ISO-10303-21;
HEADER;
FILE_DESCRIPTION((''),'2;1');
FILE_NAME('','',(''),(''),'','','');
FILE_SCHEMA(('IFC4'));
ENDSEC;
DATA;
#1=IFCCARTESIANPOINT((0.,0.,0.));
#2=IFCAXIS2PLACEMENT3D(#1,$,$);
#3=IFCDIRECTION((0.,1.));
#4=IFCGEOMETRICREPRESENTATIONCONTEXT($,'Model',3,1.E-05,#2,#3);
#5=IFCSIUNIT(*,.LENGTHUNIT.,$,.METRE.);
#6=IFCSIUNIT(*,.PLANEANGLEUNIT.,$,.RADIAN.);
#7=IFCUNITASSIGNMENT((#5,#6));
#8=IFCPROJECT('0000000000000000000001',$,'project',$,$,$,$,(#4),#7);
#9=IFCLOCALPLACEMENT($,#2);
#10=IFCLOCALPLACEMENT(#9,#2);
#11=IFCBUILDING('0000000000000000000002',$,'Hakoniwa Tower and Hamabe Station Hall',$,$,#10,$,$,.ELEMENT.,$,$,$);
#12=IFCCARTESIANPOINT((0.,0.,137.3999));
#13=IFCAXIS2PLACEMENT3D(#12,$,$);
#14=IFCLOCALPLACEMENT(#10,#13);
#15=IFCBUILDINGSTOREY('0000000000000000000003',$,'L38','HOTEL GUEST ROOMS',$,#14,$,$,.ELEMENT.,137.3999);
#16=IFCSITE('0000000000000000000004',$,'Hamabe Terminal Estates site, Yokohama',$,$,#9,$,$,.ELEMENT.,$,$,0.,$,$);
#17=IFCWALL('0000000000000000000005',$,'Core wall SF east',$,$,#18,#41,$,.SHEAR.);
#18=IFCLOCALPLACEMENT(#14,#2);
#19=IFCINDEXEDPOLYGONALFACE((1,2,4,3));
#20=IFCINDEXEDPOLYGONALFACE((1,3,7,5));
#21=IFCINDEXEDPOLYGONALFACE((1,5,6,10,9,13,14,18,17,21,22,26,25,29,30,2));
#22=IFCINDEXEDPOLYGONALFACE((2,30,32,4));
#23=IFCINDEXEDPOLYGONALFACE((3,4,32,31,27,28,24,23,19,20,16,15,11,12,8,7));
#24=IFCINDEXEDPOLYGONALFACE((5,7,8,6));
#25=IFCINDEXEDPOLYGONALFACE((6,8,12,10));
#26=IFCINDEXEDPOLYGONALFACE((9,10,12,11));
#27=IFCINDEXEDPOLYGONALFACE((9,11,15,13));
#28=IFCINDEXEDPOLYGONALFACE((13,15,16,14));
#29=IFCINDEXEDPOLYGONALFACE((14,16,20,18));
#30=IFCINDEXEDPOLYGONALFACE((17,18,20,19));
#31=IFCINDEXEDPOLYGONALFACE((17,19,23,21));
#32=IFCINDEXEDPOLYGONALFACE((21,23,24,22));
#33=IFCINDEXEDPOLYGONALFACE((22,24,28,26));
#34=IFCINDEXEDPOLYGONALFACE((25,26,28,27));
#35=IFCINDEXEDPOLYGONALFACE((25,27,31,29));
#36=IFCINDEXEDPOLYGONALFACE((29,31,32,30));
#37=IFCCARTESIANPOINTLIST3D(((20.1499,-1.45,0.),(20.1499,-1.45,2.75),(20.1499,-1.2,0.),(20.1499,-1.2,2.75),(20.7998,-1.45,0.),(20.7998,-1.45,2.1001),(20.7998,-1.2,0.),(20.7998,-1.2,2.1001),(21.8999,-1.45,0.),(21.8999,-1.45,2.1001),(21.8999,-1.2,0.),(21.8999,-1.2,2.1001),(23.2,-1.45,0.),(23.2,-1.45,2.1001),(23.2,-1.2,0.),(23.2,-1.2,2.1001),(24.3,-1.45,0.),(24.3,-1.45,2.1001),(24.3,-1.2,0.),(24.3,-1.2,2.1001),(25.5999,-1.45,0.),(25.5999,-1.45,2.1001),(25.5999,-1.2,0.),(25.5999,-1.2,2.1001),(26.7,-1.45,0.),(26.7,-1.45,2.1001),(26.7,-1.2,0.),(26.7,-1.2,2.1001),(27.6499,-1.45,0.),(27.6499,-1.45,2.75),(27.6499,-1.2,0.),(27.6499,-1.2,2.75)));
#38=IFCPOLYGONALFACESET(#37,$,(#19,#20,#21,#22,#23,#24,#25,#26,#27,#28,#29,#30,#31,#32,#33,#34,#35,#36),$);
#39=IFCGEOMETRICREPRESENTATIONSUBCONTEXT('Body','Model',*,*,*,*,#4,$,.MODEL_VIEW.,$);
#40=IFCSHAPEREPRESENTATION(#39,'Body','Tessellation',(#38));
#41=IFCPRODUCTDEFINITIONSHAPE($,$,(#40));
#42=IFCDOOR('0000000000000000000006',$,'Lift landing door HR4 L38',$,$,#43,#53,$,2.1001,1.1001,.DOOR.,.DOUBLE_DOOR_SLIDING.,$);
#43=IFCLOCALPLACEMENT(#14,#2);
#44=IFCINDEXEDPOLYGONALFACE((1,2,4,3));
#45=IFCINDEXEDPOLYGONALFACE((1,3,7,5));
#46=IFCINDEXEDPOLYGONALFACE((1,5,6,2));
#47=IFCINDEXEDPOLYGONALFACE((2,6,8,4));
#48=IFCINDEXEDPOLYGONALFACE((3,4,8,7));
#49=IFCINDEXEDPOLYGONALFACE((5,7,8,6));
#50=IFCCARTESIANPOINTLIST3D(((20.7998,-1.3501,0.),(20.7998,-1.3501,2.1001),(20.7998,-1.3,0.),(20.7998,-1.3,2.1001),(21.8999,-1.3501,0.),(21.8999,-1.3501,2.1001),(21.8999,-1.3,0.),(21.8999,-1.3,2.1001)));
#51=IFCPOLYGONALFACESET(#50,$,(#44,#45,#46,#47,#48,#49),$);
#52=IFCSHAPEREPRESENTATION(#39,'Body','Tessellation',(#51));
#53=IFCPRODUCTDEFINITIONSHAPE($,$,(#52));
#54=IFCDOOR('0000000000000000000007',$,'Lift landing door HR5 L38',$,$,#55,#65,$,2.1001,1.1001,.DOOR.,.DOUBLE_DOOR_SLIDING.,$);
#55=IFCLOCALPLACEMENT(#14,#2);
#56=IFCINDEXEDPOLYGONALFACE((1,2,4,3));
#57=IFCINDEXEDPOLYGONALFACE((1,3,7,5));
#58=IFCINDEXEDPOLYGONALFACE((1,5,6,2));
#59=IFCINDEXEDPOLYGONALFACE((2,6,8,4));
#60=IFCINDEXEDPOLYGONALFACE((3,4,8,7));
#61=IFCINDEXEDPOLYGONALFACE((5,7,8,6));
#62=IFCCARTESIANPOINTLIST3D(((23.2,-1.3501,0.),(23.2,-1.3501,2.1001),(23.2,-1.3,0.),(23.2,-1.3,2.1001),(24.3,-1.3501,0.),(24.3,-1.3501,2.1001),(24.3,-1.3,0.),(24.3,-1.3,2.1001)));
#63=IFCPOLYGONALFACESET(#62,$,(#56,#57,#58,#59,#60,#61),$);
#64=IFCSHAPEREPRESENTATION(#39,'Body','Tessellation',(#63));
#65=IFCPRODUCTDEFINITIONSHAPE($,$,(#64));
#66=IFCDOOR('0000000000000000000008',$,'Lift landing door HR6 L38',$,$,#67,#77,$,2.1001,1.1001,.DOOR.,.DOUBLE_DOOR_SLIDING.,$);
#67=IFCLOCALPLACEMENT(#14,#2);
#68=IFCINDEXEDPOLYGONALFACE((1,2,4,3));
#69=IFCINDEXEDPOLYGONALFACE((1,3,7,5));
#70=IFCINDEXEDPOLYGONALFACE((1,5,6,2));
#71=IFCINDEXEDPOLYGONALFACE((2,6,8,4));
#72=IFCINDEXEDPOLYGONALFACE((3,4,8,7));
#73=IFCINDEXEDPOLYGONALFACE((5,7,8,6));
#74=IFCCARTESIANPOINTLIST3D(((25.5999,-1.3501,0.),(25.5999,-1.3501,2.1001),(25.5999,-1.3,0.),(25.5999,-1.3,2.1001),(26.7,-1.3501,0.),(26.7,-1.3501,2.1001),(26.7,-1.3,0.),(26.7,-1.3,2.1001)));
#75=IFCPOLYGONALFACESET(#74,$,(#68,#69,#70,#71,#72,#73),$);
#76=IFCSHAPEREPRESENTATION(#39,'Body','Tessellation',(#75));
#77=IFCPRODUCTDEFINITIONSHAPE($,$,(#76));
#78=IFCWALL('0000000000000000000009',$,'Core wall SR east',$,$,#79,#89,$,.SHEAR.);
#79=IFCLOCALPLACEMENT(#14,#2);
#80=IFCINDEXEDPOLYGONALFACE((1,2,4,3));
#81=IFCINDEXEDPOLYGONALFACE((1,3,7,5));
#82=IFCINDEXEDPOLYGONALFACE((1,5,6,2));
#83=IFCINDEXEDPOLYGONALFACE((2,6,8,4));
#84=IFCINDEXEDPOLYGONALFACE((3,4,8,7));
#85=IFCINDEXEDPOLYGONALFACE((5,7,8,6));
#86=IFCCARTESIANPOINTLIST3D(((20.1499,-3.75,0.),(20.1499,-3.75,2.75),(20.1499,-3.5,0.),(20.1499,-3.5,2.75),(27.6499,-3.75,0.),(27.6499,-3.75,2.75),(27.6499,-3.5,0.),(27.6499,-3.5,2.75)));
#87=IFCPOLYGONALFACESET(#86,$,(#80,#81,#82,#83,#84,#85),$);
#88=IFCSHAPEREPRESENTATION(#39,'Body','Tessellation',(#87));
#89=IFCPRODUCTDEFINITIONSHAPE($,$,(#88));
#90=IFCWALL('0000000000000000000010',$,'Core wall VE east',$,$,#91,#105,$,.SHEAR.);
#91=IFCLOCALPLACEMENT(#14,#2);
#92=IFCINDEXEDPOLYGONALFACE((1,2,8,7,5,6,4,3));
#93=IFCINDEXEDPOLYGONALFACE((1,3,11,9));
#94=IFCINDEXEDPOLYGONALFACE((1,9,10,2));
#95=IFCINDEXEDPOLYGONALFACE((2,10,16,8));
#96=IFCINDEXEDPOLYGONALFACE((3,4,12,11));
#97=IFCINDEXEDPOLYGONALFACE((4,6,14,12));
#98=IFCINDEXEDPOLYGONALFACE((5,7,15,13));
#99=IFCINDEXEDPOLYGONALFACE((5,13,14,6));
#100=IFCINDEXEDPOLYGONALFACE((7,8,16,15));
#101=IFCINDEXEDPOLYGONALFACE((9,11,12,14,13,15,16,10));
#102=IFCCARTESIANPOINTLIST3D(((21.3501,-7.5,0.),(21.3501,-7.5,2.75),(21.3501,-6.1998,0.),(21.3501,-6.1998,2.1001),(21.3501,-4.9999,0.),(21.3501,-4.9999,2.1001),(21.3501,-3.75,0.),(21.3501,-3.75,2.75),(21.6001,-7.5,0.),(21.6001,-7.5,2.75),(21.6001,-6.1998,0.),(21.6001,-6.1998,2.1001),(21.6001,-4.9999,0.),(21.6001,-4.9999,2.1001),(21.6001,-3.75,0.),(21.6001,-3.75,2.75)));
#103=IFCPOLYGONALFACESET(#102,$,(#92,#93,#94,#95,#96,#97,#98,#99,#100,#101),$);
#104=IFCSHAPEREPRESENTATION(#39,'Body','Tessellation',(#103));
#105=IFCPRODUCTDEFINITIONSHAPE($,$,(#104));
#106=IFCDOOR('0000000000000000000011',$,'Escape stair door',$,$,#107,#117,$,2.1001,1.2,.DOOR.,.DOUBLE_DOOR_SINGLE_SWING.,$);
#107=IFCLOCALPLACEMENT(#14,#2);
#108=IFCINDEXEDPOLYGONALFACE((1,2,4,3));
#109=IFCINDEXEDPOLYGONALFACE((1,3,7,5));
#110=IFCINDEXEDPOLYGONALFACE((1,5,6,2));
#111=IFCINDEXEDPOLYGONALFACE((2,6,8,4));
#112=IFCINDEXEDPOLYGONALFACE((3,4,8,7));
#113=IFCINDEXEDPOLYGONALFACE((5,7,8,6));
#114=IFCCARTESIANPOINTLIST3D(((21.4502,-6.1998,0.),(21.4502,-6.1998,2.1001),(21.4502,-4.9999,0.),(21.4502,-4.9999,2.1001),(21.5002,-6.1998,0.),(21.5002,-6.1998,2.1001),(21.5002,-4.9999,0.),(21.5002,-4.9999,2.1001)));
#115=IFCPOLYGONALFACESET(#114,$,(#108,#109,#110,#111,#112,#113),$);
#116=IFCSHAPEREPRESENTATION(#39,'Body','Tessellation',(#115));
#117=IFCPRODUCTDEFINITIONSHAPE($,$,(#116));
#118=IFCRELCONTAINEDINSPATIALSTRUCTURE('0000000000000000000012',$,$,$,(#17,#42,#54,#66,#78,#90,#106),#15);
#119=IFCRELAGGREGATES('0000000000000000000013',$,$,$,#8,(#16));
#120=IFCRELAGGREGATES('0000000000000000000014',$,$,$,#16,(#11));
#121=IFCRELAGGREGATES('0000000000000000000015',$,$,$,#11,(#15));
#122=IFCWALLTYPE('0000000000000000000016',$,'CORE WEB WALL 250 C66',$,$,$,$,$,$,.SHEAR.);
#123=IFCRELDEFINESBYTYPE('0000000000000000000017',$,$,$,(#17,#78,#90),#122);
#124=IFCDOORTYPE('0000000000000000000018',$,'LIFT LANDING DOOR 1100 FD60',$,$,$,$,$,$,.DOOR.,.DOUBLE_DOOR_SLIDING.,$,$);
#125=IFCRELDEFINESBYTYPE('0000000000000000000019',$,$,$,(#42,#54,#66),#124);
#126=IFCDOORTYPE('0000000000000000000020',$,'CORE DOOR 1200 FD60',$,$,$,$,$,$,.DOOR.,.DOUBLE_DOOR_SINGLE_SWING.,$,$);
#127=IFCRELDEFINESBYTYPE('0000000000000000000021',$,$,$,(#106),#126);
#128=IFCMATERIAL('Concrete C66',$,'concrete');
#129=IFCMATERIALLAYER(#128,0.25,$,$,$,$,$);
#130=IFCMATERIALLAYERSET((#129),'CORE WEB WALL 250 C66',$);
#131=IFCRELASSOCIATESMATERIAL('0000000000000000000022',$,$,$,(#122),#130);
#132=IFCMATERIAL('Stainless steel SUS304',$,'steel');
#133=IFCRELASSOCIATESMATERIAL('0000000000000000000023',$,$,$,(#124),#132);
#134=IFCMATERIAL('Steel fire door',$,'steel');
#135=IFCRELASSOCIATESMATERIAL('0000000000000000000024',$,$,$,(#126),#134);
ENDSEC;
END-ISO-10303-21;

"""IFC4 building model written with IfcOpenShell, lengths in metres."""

from ifc_helpers import new_model, si_unit, direction, frame, frame_2d, origin, place, context, subcontext, project, spatial, rectangle, extrude, material, layer, layer_set, type_object, element, fill, save


model = new_model("IFC4")

# Units and contexts
model_context = context("Model", 3, precision=1e-05, world=origin(), true_north=direction((0.0, 1.0)))
body_context = subcontext(model_context, "Body", "Model", "MODEL_VIEW")
ifc_project = project(units=[si_unit("LENGTHUNIT", "METRE"), si_unit("PLANEANGLEUNIT", "RADIAN")], contexts=[model_context])

# Site, building, storey
site_placement = place(None, origin())
site = spatial("IfcSite", under=ifc_project, at=site_placement, Name="Hamabe Terminal Estates site, Yokohama", CompositionType="ELEMENT", RefElevation=0.0)
building_placement = place(site_placement, origin())
building = spatial("IfcBuilding", under=site, at=building_placement, Name="Hakoniwa Tower and Hamabe Station Hall", CompositionType="ELEMENT")
storey_placement = place(building_placement, frame((0.0, 0.0, 137.3999)))
storey = spatial("IfcBuildingStorey", under=building, at=storey_placement, Name="L38", Description="HOTEL GUEST ROOMS", CompositionType="ELEMENT", Elevation=137.3999)

# Shared definitions
ifc_material_1 = material(Name="Concrete C66", Category="concrete")
ifc_layer_1 = layer(ifc_material_1, 0.25)
ifc_layer_set_1 = layer_set([ifc_layer_1], Name="CORE WEB WALL 250 C66")
wall_type_1 = type_object("IfcWallType", Name="CORE WEB WALL 250 C66", PredefinedType="SHEAR", material=ifc_layer_set_1)

# Wall, openings, doors
wall_1_placement = place(storey_placement, frame((20.1499, -1.325, 0.0), z_axis=(0.0, 0.0, 1.0), x_axis=(1.0, 0.0, 0.0)))
wall_1 = element("IfcWall", 1, at=wall_1_placement, inside=storey, type_object=wall_type_1, Name="Core wall SF east", PredefinedType="SHEAR", context=body_context, shape_type="SweptSolid", body=[
    extrude(rectangle(XDim=7.5, YDim=0.25, at=frame_2d((3.75, 0.0))), origin(), (0.0, 0.0, 1.0), 2.75),
])
opening_1_placement = place(wall_1_placement, frame((0.6499, 0.0, 0.0)))
opening_1 = element("IfcOpeningElement", 2, at=opening_1_placement, cuts=wall_1, PredefinedType="OPENING", context=body_context, shape_type="SweptSolid", body=[
    extrude(rectangle(XDim=1.1001, YDim=2.1001, at=frame_2d((0.55, 1.05))), frame((0.0, 0.135, 0.0), z_axis=(0.0, -1.0, 0.0), x_axis=(1.0, 0.0, 0.0)), (0.0, 0.0, 1.0), 0.27),
])
opening_2_placement = place(wall_1_placement, frame((3.05, 0.0, 0.0)))
opening_2 = element("IfcOpeningElement", 3, at=opening_2_placement, cuts=wall_1, PredefinedType="OPENING", context=body_context, shape_type="SweptSolid", body=[
    extrude(rectangle(XDim=1.1001, YDim=2.1001, at=frame_2d((0.55, 1.05))), frame((0.0, 0.135, 0.0), z_axis=(0.0, -1.0, 0.0), x_axis=(1.0, 0.0, 0.0)), (0.0, 0.0, 1.0), 0.27),
])
opening_3_placement = place(wall_1_placement, frame((5.45, 0.0, 0.0)))
opening_3 = element("IfcOpeningElement", 4, at=opening_3_placement, cuts=wall_1, PredefinedType="OPENING", context=body_context, shape_type="SweptSolid", body=[
    extrude(rectangle(XDim=1.1001, YDim=2.1001, at=frame_2d((0.55, 1.05))), frame((0.0, 0.135, 0.0), z_axis=(0.0, -1.0, 0.0), x_axis=(1.0, 0.0, 0.0)), (0.0, 0.0, 1.0), 0.27),
])
ifc_material_2 = material(Name="Stainless steel SUS304", Category="steel")
door_type_1 = type_object("IfcDoorType", Name="LIFT LANDING DOOR 1100 FD60", OperationType="DOUBLE_DOOR_SLIDING", PredefinedType="DOOR", material=ifc_material_2)
door_1_placement = place(opening_1_placement, origin())
door_1 = element("IfcDoor", 5, at=door_1_placement, inside=storey, type_object=door_type_1, Name="Lift landing door HR4 L38", OperationType="DOUBLE_DOOR_SLIDING", OverallHeight=2.1001, OverallWidth=1.1001, PredefinedType="DOOR", context=body_context, shape_type="SweptSolid", body=[
    extrude(rectangle(XDim=1.1001, YDim=2.1001, at=frame_2d((0.55, 1.05))), frame((0.0, 0.0249, 0.0), z_axis=(0.0, -1.0, 0.0), x_axis=(1.0, 0.0, 0.0)), (0.0, 0.0, 1.0), 0.05),
])
fill(opening_1, door_1)
door_2_placement = place(opening_2_placement, origin())
door_2 = element("IfcDoor", 6, at=door_2_placement, inside=storey, type_object=door_type_1, Name="Lift landing door HR5 L38", OperationType="DOUBLE_DOOR_SLIDING", OverallHeight=2.1001, OverallWidth=1.1001, PredefinedType="DOOR", context=body_context, shape_type="SweptSolid", body=[
    extrude(rectangle(XDim=1.1001, YDim=2.1001, at=frame_2d((0.55, 1.05))), frame((0.0, 0.0249, 0.0), z_axis=(0.0, -1.0, 0.0), x_axis=(1.0, 0.0, 0.0)), (0.0, 0.0, 1.0), 0.05),
])
fill(opening_2, door_2)
door_3_placement = place(opening_3_placement, origin())
door_3 = element("IfcDoor", 7, at=door_3_placement, inside=storey, type_object=door_type_1, Name="Lift landing door HR6 L38", OperationType="DOUBLE_DOOR_SLIDING", OverallHeight=2.1001, OverallWidth=1.1001, PredefinedType="DOOR", context=body_context, shape_type="SweptSolid", body=[
    extrude(rectangle(XDim=1.1001, YDim=2.1001, at=frame_2d((0.55, 1.05))), frame((0.0, 0.0249, 0.0), z_axis=(0.0, -1.0, 0.0), x_axis=(1.0, 0.0, 0.0)), (0.0, 0.0, 1.0), 0.05),
])
fill(opening_3, door_3)

# Wall
wall_2_placement = place(storey_placement, frame((20.1499, -3.625, 0.0), z_axis=(0.0, 0.0, 1.0), x_axis=(1.0, 0.0, 0.0)))
element("IfcWall", 8, at=wall_2_placement, inside=storey, type_object=wall_type_1, Name="Core wall SR east", PredefinedType="SHEAR", context=body_context, shape_type="SweptSolid", body=[
    extrude(rectangle(XDim=7.5, YDim=0.25, at=frame_2d((3.75, 0.0))), origin(), (0.0, 0.0, 1.0), 2.75),
])

# Wall, opening, door
wall_3_placement = place(storey_placement, frame((21.4751, -7.5, 0.0), z_axis=(0.0, 0.0, 1.0), x_axis=(0.0, 1.0, 0.0)))
wall_3 = element("IfcWall", 9, at=wall_3_placement, inside=storey, type_object=wall_type_1, Name="Core wall VE east", PredefinedType="SHEAR", context=body_context, shape_type="SweptSolid", body=[
    extrude(rectangle(XDim=3.75, YDim=0.25, at=frame_2d((1.875, 0.0))), origin(), (0.0, 0.0, 1.0), 2.75),
])
opening_4_placement = place(wall_3_placement, frame((1.3, 0.0, 0.0)))
opening_4 = element("IfcOpeningElement", 10, at=opening_4_placement, cuts=wall_3, PredefinedType="OPENING", context=body_context, shape_type="SweptSolid", body=[
    extrude(rectangle(XDim=1.2, YDim=2.1001, at=frame_2d((0.6001, 1.05))), frame((0.0, 0.135, 0.0), z_axis=(0.0, -1.0, 0.0), x_axis=(1.0, 0.0, 0.0)), (0.0, 0.0, 1.0), 0.27),
])
ifc_material_3 = material(Name="Steel fire door", Category="steel")
door_type_2 = type_object("IfcDoorType", Name="CORE DOOR 1200 FD60", OperationType="DOUBLE_DOOR_SINGLE_SWING", PredefinedType="DOOR", material=ifc_material_3)
door_4_placement = place(opening_4_placement, origin())
door_4 = element("IfcDoor", 11, at=door_4_placement, inside=storey, type_object=door_type_2, Name="Escape stair door", OperationType="DOUBLE_DOOR_SINGLE_SWING", OverallHeight=2.1001, OverallWidth=1.2, PredefinedType="DOOR", context=body_context, shape_type="SweptSolid", body=[
    extrude(rectangle(XDim=1.2, YDim=2.1001, at=frame_2d((0.6001, 1.05))), frame((0.0, 0.0249, 0.0), z_axis=(0.0, -1.0, 0.0), x_axis=(1.0, 0.0, 0.0)), (0.0, 0.0, 1.0), 0.05),
])
fill(opening_4, door_4)

save(model, "model.ifc")
